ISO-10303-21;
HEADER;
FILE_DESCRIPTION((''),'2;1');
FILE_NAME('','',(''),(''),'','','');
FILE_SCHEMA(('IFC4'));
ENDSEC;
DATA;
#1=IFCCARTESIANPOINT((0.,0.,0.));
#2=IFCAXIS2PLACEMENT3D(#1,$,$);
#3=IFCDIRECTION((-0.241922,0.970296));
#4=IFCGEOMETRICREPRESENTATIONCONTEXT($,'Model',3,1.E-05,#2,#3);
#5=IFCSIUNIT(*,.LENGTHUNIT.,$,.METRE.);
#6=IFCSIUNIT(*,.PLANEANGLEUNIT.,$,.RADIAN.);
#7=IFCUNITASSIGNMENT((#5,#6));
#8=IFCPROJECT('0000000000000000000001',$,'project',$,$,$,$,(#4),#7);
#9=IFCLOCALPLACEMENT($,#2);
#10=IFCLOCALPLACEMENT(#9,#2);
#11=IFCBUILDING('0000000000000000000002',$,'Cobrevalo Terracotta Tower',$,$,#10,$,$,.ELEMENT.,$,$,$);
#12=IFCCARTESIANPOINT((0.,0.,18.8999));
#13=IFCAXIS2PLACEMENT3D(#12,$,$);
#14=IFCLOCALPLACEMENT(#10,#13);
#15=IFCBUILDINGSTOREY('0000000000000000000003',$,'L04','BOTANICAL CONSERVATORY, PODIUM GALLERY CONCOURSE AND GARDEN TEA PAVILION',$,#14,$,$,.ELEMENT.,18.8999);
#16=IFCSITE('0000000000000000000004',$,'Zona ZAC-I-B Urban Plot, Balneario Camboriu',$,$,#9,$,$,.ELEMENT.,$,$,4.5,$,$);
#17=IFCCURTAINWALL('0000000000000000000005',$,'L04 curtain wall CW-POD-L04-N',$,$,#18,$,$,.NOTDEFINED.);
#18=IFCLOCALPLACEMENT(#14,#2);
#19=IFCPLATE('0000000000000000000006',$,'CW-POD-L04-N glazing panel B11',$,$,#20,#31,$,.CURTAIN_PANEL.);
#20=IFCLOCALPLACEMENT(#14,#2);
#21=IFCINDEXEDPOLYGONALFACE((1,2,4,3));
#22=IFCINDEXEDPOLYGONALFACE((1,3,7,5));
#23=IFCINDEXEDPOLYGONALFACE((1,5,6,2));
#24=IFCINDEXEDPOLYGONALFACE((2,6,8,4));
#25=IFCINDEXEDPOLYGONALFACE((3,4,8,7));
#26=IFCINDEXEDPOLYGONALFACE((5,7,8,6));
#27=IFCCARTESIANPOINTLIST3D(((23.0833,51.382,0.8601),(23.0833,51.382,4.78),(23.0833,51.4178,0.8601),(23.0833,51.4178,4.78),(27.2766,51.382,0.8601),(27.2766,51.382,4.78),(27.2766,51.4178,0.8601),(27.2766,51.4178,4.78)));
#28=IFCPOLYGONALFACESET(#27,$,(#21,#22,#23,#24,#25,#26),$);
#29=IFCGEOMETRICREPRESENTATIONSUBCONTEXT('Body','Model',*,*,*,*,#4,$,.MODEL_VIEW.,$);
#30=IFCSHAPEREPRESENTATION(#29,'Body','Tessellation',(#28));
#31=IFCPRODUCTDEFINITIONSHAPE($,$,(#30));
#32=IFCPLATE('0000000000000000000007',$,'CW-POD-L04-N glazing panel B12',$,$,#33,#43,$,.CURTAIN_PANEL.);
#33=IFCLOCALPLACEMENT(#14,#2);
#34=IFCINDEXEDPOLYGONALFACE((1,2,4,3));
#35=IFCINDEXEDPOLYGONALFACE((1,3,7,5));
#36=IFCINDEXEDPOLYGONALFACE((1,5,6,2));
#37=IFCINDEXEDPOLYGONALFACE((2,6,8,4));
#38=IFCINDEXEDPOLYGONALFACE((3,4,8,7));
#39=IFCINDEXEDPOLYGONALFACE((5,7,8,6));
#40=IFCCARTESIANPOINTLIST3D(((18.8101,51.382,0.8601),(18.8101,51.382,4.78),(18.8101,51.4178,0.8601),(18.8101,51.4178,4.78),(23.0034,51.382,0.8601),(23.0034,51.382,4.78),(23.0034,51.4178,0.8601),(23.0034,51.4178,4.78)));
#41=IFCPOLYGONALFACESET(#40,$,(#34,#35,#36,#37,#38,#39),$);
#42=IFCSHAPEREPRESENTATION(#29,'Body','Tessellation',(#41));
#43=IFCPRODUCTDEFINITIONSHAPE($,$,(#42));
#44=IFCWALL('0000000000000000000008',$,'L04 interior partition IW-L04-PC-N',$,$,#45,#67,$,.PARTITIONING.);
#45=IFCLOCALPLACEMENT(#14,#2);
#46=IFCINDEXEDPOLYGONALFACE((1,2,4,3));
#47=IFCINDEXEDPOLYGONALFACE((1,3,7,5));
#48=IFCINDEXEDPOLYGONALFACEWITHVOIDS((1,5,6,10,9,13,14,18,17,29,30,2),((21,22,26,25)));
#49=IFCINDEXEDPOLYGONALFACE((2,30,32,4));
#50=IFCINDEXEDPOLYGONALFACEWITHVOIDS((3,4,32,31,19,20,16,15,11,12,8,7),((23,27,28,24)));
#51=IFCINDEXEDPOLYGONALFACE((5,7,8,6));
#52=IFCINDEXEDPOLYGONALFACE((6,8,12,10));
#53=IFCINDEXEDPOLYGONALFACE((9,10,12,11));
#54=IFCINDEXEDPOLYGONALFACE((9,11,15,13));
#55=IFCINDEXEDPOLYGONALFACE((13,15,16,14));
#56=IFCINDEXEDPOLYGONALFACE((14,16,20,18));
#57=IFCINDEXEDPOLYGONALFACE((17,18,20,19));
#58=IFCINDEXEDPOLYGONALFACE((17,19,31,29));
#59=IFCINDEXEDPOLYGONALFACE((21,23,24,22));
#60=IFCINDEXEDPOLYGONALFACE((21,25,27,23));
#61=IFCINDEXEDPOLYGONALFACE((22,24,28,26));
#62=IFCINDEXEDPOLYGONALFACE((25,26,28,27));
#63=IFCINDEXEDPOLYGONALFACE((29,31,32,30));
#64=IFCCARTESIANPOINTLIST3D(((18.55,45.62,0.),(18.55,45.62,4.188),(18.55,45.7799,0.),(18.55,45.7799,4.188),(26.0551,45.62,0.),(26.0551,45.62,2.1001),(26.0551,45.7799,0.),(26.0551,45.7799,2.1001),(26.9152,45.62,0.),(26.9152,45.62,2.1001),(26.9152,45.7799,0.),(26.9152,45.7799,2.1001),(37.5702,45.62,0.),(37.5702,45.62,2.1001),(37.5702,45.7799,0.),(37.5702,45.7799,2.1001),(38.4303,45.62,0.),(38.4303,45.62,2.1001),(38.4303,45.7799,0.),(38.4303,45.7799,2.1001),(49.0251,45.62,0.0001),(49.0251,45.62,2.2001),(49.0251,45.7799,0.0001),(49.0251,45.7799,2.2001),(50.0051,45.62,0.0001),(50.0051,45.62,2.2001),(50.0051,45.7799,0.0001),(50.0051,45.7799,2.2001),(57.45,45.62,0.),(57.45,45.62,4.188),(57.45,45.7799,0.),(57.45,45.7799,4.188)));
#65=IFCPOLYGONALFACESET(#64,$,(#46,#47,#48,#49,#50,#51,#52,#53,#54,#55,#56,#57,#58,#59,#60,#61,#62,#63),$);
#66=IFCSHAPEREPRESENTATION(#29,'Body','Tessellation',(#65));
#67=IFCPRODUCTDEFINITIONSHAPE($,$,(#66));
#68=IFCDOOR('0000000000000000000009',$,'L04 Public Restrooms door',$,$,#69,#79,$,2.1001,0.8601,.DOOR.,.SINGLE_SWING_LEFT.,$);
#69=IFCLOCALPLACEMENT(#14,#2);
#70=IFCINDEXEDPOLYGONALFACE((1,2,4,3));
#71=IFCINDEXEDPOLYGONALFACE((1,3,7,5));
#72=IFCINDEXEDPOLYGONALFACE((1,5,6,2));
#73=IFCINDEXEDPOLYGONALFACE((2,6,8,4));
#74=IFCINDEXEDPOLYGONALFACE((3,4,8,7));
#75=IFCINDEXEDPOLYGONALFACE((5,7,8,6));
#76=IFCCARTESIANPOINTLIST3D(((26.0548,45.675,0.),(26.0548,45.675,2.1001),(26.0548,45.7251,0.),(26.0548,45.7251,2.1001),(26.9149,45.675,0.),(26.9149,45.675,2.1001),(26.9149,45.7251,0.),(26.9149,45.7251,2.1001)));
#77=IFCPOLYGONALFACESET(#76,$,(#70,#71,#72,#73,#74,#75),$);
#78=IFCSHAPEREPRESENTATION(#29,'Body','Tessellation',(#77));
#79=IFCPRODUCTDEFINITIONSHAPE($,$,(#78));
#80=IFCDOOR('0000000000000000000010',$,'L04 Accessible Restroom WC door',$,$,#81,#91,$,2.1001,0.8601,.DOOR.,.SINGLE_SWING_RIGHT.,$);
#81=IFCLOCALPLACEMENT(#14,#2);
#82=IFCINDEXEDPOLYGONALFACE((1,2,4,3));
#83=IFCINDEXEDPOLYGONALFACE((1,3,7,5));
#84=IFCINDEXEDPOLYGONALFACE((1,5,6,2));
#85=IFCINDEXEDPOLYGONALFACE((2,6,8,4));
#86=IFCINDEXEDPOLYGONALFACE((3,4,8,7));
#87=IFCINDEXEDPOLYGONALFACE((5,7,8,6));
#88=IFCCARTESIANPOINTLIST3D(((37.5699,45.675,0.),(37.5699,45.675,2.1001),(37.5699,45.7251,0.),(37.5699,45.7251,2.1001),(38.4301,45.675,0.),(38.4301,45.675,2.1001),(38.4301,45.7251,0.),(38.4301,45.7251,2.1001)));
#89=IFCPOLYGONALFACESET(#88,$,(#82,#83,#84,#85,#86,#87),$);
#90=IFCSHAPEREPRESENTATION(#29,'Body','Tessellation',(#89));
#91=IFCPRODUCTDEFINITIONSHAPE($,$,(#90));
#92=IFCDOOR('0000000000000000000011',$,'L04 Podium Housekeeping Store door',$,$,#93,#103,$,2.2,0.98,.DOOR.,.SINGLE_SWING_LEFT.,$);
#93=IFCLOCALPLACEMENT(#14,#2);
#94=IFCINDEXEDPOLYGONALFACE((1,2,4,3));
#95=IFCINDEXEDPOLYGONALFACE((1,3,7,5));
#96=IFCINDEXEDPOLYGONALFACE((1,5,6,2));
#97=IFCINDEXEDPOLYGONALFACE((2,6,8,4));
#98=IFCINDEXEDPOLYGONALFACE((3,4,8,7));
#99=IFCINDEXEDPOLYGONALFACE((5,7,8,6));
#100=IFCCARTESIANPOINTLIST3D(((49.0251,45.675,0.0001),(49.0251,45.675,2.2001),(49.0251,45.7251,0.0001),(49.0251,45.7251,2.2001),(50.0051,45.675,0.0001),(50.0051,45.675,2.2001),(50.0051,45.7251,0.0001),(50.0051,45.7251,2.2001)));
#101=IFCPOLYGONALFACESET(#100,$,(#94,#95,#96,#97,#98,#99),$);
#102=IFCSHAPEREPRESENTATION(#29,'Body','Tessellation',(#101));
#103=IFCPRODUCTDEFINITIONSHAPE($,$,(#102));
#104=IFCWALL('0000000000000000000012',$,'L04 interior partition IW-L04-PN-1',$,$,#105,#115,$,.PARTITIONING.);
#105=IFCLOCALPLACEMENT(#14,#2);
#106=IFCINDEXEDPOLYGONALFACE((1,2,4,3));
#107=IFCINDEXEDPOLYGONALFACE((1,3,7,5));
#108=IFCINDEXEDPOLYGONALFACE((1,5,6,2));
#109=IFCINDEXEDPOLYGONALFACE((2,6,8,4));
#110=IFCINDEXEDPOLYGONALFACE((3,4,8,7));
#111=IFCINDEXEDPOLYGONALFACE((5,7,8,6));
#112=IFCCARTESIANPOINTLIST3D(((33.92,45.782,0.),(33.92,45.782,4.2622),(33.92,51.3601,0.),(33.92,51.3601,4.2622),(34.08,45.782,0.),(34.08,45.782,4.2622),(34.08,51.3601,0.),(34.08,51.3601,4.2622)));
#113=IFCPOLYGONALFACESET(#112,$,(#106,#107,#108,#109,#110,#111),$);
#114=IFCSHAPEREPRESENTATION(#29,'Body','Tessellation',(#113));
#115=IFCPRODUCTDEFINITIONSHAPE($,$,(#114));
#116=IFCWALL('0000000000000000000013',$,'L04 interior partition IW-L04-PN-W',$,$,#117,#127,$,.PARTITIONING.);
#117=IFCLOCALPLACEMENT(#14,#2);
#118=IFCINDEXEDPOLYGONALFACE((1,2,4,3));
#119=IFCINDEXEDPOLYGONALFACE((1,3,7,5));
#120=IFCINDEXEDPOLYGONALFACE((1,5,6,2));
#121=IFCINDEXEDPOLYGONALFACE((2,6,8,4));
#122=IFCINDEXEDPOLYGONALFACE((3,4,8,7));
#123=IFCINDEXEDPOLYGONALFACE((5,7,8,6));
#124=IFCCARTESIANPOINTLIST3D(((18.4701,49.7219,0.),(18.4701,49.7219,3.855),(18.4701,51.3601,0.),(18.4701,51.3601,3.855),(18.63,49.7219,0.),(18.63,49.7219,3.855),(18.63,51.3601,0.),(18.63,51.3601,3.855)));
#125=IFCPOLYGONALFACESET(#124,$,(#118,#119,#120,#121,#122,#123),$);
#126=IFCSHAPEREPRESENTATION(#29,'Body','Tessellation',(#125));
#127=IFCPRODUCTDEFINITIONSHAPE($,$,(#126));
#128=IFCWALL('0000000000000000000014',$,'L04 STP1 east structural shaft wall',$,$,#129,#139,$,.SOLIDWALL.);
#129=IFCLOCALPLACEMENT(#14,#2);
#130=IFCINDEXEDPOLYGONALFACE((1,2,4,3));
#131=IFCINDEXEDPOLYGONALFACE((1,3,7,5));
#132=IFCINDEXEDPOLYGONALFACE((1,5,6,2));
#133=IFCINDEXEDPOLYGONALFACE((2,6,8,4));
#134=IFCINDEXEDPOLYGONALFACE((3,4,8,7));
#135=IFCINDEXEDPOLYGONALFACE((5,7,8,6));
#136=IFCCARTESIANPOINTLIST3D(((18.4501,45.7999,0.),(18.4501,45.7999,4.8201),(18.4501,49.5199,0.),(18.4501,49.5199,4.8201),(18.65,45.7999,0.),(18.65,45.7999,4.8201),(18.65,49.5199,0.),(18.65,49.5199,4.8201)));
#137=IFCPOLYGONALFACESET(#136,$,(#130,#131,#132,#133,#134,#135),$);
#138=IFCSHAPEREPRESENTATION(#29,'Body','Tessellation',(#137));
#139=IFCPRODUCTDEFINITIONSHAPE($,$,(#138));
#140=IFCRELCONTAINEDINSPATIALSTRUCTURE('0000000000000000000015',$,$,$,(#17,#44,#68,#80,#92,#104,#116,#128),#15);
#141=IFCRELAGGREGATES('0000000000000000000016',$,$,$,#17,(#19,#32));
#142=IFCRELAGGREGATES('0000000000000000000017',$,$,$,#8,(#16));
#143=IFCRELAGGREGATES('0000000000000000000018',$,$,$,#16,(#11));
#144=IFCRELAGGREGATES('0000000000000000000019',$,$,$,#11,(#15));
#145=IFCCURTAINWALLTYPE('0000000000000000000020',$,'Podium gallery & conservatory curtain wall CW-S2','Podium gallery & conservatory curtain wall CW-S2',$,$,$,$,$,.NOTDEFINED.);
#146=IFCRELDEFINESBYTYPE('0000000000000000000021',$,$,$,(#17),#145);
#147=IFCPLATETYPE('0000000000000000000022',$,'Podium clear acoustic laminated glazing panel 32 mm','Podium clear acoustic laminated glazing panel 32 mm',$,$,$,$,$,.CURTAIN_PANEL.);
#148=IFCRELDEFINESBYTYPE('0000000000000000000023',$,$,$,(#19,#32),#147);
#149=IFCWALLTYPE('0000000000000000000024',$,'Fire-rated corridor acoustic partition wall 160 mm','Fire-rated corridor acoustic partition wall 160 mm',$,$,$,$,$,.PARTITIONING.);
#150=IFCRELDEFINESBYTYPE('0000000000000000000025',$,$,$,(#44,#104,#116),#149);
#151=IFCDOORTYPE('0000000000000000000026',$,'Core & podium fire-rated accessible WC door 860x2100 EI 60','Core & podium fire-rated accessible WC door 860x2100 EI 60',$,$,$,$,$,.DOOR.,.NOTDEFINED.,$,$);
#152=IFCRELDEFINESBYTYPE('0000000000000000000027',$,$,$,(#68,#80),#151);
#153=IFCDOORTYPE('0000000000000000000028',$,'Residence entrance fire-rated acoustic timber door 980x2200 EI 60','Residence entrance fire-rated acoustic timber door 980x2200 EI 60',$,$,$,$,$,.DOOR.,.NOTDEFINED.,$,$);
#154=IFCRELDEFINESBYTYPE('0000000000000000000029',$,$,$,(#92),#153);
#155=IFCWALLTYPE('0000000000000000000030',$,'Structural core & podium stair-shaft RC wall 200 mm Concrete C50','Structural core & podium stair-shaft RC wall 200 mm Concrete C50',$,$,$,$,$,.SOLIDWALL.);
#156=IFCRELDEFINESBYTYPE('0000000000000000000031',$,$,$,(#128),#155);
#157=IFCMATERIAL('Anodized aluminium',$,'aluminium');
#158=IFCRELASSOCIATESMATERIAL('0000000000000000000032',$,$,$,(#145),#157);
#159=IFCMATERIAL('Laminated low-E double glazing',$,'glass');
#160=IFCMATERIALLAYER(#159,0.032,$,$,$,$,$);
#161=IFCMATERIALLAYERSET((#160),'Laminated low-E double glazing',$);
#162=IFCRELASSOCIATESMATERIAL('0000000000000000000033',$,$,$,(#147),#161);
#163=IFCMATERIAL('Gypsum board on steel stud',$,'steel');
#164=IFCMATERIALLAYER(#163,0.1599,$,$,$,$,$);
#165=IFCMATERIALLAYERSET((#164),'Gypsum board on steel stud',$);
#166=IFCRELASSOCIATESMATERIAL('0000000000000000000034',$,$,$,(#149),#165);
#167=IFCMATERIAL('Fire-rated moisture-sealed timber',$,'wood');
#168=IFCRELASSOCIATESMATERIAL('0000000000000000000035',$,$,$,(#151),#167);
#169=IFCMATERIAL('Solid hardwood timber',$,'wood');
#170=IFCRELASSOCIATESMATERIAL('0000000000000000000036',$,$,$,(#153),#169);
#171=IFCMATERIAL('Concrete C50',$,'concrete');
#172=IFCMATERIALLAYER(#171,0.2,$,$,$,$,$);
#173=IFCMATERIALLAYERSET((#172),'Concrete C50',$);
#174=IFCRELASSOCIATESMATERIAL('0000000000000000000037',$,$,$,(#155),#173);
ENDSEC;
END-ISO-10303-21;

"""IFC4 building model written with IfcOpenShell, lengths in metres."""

from ifc_helpers import new_model, si_unit, direction, frame, frame_2d, origin, origin_2d, place, context, subcontext, project, spatial, rectangle, extrude, source, transform, mapped, material, layer, layer_set, type_object, element, fill, aggregate, save


model = new_model("IFC4")

# Units and contexts
model_context = context("Model", 3, precision=1e-05, world=origin(), true_north=direction((-0.241922, 0.970296)))
body_context = subcontext(model_context, "Body", "Model", "MODEL_VIEW")
ifc_project = project(units=[si_unit("LENGTHUNIT", "METRE"), si_unit("PLANEANGLEUNIT", "RADIAN")], contexts=[model_context])

# Site, building, storey
site_placement = place(None, origin())
site = spatial("IfcSite", under=ifc_project, at=site_placement, Name="Zona ZAC-I-B Urban Plot, Balneario Camboriu", CompositionType="ELEMENT", RefElevation=4.5)
building_placement = place(site_placement, origin())
building = spatial("IfcBuilding", under=site, at=building_placement, Name="Cobrevalo Terracotta Tower", CompositionType="ELEMENT")
storey_placement = place(building_placement, frame((0.0, 0.0, 18.8999)))
storey = spatial("IfcBuildingStorey", under=building, at=storey_placement, Name="L04", Description="BOTANICAL CONSERVATORY, PODIUM GALLERY CONCOURSE AND GARDEN TEA PAVILION", CompositionType="ELEMENT", Elevation=18.8999)

# Curtain wall, plates
ifc_material_1 = material(Name="Anodized aluminium", Category="aluminium")
curtain_wall_type = type_object("IfcCurtainWallType", Name="Podium gallery & conservatory curtain wall CW-S2", Description="Podium gallery & conservatory curtain wall CW-S2", PredefinedType="NOTDEFINED", material=ifc_material_1)
curtain_wall_placement = place(storey_placement, origin())
curtain_wall = element("IfcCurtainWall", 1, at=curtain_wall_placement, inside=storey, type_object=curtain_wall_type, Name="L04 curtain wall CW-POD-L04-N", PredefinedType="NOTDEFINED")
ifc_material_2 = material(Name="Laminated low-E double glazing", Category="glass")
ifc_layer_1 = layer(ifc_material_2, 0.032)
ifc_layer_set_1 = layer_set([ifc_layer_1], Name="Laminated low-E double glazing")
plate_type_1 = type_object("IfcPlateType", Name="Podium clear acoustic laminated glazing panel 32 mm", Description="Podium clear acoustic laminated glazing panel 32 mm", PredefinedType="CURTAIN_PANEL", material=ifc_layer_set_1)
shared_shape_1 = source(origin(), body_context, "Body", "SweptSolid", [
    extrude(rectangle(XDim=4.1934, YDim=0.0359, at=origin_2d()), origin(), (0.0, 0.0, 1.0), 3.9199),
])
plate_1_placement = place(storey_placement, frame((25.1799, 51.3999, 0.8601), z_axis=(0.0, 0.0, 1.0), x_axis=(-1.0, 0.0, 0.0)))
plate_1 = element("IfcPlate", 2, at=plate_1_placement, type_object=plate_type_1, Name="CW-POD-L04-N glazing panel B11", PredefinedType="CURTAIN_PANEL", context=body_context, shape_type="MappedRepresentation", body=[
    mapped(shared_shape_1, transform((0.0, 0.0, 0.0), scale=1.0)),
])
plate_2_placement = place(storey_placement, frame((20.9067, 51.3999, 0.8601), z_axis=(0.0, 0.0, 1.0), x_axis=(-1.0, 0.0, 0.0)))
plate_2 = element("IfcPlate", 3, at=plate_2_placement, type_object=plate_type_1, Name="CW-POD-L04-N glazing panel B12", PredefinedType="CURTAIN_PANEL", context=body_context, shape_type="MappedRepresentation", body=[
    mapped(shared_shape_1, transform((0.0, 0.0, 0.0), scale=1.0)),
])
aggregate(curtain_wall, [plate_1, plate_2])

# Wall, openings, doors
ifc_material_3 = material(Name="Gypsum board on steel stud", Category="steel")
ifc_layer_2 = layer(ifc_material_3, 0.1599)
ifc_layer_set_2 = layer_set([ifc_layer_2], Name="Gypsum board on steel stud")
wall_type_1 = type_object("IfcWallType", Name="Fire-rated corridor acoustic partition wall 160 mm", Description="Fire-rated corridor acoustic partition wall 160 mm", PredefinedType="PARTITIONING", material=ifc_layer_set_2)
wall_1_placement = place(storey_placement, frame((18.55, 45.7, 0.0), z_axis=(0.0, 0.0, 1.0), x_axis=(1.0, 0.0, 0.0)))
wall_1 = element("IfcWall", 4, at=wall_1_placement, inside=storey, type_object=wall_type_1, Name="L04 interior partition IW-L04-PC-N", PredefinedType="PARTITIONING", context=body_context, shape_type="SweptSolid", body=[
    extrude(rectangle(XDim=38.8999, YDim=0.1599, at=frame_2d((19.45, 0.0))), origin(), (0.0, 0.0, 1.0), 4.188),
])
opening_1_placement = place(wall_1_placement, frame((7.5049, 0.0, 0.0)))
opening_1 = element("IfcOpeningElement", 5, at=opening_1_placement, cuts=wall_1, PredefinedType="OPENING", context=body_context, shape_type="SweptSolid", body=[
    extrude(rectangle(XDim=0.8601, YDim=2.1001, at=frame_2d((0.4302, 1.05))), frame((0.0, 0.0898, 0.0), z_axis=(0.0, -1.0, 0.0), x_axis=(1.0, 0.0, 0.0)), (0.0, 0.0, 1.0), 0.1799),
])
opening_2_placement = place(wall_1_placement, frame((19.02, 0.0, 0.0)))
opening_2 = element("IfcOpeningElement", 6, at=opening_2_placement, cuts=wall_1, PredefinedType="OPENING", context=body_context, shape_type="SweptSolid", body=[
    extrude(rectangle(XDim=0.8601, YDim=2.1001, at=frame_2d((0.4302, 1.05))), frame((0.0, 0.0898, 0.0), z_axis=(0.0, -1.0, 0.0), x_axis=(1.0, 0.0, 0.0)), (0.0, 0.0, 1.0), 0.1799),
])
opening_3_placement = place(wall_1_placement, frame((30.4751, 0.0, 0.0)))
opening_3 = element("IfcOpeningElement", 7, at=opening_3_placement, cuts=wall_1, PredefinedType="OPENING", context=body_context, shape_type="SweptSolid", body=[
    extrude(rectangle(XDim=0.98, YDim=2.2, at=frame_2d((0.49, 1.1001))), frame((0.0, 0.0898, 0.0), z_axis=(0.0, -1.0, 0.0), x_axis=(1.0, 0.0, 0.0)), (0.0, 0.0, 1.0), 0.1799),
])
ifc_material_4 = material(Name="Fire-rated moisture-sealed timber", Category="wood")
door_type_1 = type_object("IfcDoorType", Name="Core & podium fire-rated accessible WC door 860x2100 EI 60", Description="Core & podium fire-rated accessible WC door 860x2100 EI 60", OperationType="NOTDEFINED", PredefinedType="DOOR", material=ifc_material_4)
shared_shape_2 = source(origin(), body_context, "Body", "SweptSolid", [
    extrude(rectangle(XDim=0.8601, YDim=2.1001, at=frame_2d((0.4302, 1.05))), frame((0.0, 0.0249, 0.0), z_axis=(0.0, -1.0, 0.0), x_axis=(1.0, 0.0, 0.0)), (0.0, 0.0, 1.0), 0.05),
])
door_1_placement = place(opening_1_placement, frame((0.8601, 0.0, 0.0), z_axis=(0.0, 0.0, 1.0), x_axis=(-1.0, 0.0, 0.0)))
door_1 = element("IfcDoor", 8, at=door_1_placement, inside=storey, type_object=door_type_1, Name="L04 Public Restrooms door", OperationType="SINGLE_SWING_LEFT", OverallHeight=2.1001, OverallWidth=0.8601, PredefinedType="DOOR", context=body_context, shape_type="MappedRepresentation", body=[
    mapped(shared_shape_2, transform((0.0, 0.0, 0.0), scale=1.0)),
])
fill(opening_1, door_1)
door_2_placement = place(opening_2_placement, frame((0.8601, 0.0, 0.0), z_axis=(0.0, 0.0, 1.0), x_axis=(-1.0, 0.0, 0.0)))
door_2 = element("IfcDoor", 9, at=door_2_placement, inside=storey, type_object=door_type_1, Name="L04 Accessible Restroom WC door", OperationType="SINGLE_SWING_RIGHT", OverallHeight=2.1001, OverallWidth=0.8601, PredefinedType="DOOR", context=body_context, shape_type="MappedRepresentation", body=[
    mapped(shared_shape_2, transform((0.0, 0.0, 0.0), scale=1.0)),
])
fill(opening_2, door_2)
ifc_material_5 = material(Name="Solid hardwood timber", Category="wood")
door_type_2 = type_object("IfcDoorType", Name="Residence entrance fire-rated acoustic timber door 980x2200 EI 60", Description="Residence entrance fire-rated acoustic timber door 980x2200 EI 60", OperationType="NOTDEFINED", PredefinedType="DOOR", material=ifc_material_5)
shared_shape_3 = source(origin(), body_context, "Body", "SweptSolid", [
    extrude(rectangle(XDim=0.98, YDim=2.2, at=frame_2d((0.49, 1.1001))), frame((0.0, 0.0249, 0.0), z_axis=(0.0, -1.0, 0.0), x_axis=(1.0, 0.0, 0.0)), (0.0, 0.0, 1.0), 0.05),
])
door_3_placement = place(opening_3_placement, frame((0.98, 0.0, 0.0), z_axis=(0.0, 0.0, 1.0), x_axis=(-1.0, 0.0, 0.0)))
door_3 = element("IfcDoor", 10, at=door_3_placement, inside=storey, type_object=door_type_2, Name="L04 Podium Housekeeping Store door", OperationType="SINGLE_SWING_LEFT", OverallHeight=2.2, OverallWidth=0.98, PredefinedType="DOOR", context=body_context, shape_type="MappedRepresentation", body=[
    mapped(shared_shape_3, transform((0.0, 0.0, 0.0), scale=1.0)),
])
fill(opening_3, door_3)

# Walls
wall_2_placement = place(storey_placement, frame((34.0, 45.782, 0.0), z_axis=(0.0, 0.0, 1.0), x_axis=(0.0, 1.0, 0.0)))
element("IfcWall", 11, at=wall_2_placement, inside=storey, type_object=wall_type_1, Name="L04 interior partition IW-L04-PN-1", PredefinedType="PARTITIONING", context=body_context, shape_type="SweptSolid", body=[
    extrude(rectangle(XDim=5.5781, YDim=0.1599, at=frame_2d((2.7891, 0.0))), origin(), (0.0, 0.0, 1.0), 4.2622),
])
wall_3_placement = place(storey_placement, frame((18.55, 49.7219, 0.0), z_axis=(0.0, 0.0, 1.0), x_axis=(0.0, 1.0, 0.0)))
element("IfcWall", 12, at=wall_3_placement, inside=storey, type_object=wall_type_1, Name="L04 interior partition IW-L04-PN-W", PredefinedType="PARTITIONING", context=body_context, shape_type="SweptSolid", body=[
    extrude(rectangle(XDim=1.6382, YDim=0.1599, at=frame_2d((0.8191, 0.0))), origin(), (0.0, 0.0, 1.0), 3.855),
])
ifc_material_6 = material(Name="Concrete C50", Category="concrete")
ifc_layer_3 = layer(ifc_material_6, 0.2)
ifc_layer_set_3 = layer_set([ifc_layer_3], Name="Concrete C50")
wall_type_2 = type_object("IfcWallType", Name="Structural core & podium stair-shaft RC wall 200 mm Concrete C50", Description="Structural core & podium stair-shaft RC wall 200 mm Concrete C50", PredefinedType="SOLIDWALL", material=ifc_layer_set_3)
wall_4_placement = place(storey_placement, frame((18.55, 45.8, 0.0), z_axis=(0.0, 0.0, 1.0), x_axis=(0.0, 1.0, 0.0)))
element("IfcWall", 13, at=wall_4_placement, inside=storey, type_object=wall_type_2, Name="L04 STP1 east structural shaft wall", PredefinedType="SOLIDWALL", context=body_context, shape_type="SweptSolid", body=[
    extrude(rectangle(XDim=3.72, YDim=0.2, at=frame_2d((1.8599, 0.0))), origin(), (0.0, 0.0, 1.0), 4.8201),
])

save(model, "model.ifc")
